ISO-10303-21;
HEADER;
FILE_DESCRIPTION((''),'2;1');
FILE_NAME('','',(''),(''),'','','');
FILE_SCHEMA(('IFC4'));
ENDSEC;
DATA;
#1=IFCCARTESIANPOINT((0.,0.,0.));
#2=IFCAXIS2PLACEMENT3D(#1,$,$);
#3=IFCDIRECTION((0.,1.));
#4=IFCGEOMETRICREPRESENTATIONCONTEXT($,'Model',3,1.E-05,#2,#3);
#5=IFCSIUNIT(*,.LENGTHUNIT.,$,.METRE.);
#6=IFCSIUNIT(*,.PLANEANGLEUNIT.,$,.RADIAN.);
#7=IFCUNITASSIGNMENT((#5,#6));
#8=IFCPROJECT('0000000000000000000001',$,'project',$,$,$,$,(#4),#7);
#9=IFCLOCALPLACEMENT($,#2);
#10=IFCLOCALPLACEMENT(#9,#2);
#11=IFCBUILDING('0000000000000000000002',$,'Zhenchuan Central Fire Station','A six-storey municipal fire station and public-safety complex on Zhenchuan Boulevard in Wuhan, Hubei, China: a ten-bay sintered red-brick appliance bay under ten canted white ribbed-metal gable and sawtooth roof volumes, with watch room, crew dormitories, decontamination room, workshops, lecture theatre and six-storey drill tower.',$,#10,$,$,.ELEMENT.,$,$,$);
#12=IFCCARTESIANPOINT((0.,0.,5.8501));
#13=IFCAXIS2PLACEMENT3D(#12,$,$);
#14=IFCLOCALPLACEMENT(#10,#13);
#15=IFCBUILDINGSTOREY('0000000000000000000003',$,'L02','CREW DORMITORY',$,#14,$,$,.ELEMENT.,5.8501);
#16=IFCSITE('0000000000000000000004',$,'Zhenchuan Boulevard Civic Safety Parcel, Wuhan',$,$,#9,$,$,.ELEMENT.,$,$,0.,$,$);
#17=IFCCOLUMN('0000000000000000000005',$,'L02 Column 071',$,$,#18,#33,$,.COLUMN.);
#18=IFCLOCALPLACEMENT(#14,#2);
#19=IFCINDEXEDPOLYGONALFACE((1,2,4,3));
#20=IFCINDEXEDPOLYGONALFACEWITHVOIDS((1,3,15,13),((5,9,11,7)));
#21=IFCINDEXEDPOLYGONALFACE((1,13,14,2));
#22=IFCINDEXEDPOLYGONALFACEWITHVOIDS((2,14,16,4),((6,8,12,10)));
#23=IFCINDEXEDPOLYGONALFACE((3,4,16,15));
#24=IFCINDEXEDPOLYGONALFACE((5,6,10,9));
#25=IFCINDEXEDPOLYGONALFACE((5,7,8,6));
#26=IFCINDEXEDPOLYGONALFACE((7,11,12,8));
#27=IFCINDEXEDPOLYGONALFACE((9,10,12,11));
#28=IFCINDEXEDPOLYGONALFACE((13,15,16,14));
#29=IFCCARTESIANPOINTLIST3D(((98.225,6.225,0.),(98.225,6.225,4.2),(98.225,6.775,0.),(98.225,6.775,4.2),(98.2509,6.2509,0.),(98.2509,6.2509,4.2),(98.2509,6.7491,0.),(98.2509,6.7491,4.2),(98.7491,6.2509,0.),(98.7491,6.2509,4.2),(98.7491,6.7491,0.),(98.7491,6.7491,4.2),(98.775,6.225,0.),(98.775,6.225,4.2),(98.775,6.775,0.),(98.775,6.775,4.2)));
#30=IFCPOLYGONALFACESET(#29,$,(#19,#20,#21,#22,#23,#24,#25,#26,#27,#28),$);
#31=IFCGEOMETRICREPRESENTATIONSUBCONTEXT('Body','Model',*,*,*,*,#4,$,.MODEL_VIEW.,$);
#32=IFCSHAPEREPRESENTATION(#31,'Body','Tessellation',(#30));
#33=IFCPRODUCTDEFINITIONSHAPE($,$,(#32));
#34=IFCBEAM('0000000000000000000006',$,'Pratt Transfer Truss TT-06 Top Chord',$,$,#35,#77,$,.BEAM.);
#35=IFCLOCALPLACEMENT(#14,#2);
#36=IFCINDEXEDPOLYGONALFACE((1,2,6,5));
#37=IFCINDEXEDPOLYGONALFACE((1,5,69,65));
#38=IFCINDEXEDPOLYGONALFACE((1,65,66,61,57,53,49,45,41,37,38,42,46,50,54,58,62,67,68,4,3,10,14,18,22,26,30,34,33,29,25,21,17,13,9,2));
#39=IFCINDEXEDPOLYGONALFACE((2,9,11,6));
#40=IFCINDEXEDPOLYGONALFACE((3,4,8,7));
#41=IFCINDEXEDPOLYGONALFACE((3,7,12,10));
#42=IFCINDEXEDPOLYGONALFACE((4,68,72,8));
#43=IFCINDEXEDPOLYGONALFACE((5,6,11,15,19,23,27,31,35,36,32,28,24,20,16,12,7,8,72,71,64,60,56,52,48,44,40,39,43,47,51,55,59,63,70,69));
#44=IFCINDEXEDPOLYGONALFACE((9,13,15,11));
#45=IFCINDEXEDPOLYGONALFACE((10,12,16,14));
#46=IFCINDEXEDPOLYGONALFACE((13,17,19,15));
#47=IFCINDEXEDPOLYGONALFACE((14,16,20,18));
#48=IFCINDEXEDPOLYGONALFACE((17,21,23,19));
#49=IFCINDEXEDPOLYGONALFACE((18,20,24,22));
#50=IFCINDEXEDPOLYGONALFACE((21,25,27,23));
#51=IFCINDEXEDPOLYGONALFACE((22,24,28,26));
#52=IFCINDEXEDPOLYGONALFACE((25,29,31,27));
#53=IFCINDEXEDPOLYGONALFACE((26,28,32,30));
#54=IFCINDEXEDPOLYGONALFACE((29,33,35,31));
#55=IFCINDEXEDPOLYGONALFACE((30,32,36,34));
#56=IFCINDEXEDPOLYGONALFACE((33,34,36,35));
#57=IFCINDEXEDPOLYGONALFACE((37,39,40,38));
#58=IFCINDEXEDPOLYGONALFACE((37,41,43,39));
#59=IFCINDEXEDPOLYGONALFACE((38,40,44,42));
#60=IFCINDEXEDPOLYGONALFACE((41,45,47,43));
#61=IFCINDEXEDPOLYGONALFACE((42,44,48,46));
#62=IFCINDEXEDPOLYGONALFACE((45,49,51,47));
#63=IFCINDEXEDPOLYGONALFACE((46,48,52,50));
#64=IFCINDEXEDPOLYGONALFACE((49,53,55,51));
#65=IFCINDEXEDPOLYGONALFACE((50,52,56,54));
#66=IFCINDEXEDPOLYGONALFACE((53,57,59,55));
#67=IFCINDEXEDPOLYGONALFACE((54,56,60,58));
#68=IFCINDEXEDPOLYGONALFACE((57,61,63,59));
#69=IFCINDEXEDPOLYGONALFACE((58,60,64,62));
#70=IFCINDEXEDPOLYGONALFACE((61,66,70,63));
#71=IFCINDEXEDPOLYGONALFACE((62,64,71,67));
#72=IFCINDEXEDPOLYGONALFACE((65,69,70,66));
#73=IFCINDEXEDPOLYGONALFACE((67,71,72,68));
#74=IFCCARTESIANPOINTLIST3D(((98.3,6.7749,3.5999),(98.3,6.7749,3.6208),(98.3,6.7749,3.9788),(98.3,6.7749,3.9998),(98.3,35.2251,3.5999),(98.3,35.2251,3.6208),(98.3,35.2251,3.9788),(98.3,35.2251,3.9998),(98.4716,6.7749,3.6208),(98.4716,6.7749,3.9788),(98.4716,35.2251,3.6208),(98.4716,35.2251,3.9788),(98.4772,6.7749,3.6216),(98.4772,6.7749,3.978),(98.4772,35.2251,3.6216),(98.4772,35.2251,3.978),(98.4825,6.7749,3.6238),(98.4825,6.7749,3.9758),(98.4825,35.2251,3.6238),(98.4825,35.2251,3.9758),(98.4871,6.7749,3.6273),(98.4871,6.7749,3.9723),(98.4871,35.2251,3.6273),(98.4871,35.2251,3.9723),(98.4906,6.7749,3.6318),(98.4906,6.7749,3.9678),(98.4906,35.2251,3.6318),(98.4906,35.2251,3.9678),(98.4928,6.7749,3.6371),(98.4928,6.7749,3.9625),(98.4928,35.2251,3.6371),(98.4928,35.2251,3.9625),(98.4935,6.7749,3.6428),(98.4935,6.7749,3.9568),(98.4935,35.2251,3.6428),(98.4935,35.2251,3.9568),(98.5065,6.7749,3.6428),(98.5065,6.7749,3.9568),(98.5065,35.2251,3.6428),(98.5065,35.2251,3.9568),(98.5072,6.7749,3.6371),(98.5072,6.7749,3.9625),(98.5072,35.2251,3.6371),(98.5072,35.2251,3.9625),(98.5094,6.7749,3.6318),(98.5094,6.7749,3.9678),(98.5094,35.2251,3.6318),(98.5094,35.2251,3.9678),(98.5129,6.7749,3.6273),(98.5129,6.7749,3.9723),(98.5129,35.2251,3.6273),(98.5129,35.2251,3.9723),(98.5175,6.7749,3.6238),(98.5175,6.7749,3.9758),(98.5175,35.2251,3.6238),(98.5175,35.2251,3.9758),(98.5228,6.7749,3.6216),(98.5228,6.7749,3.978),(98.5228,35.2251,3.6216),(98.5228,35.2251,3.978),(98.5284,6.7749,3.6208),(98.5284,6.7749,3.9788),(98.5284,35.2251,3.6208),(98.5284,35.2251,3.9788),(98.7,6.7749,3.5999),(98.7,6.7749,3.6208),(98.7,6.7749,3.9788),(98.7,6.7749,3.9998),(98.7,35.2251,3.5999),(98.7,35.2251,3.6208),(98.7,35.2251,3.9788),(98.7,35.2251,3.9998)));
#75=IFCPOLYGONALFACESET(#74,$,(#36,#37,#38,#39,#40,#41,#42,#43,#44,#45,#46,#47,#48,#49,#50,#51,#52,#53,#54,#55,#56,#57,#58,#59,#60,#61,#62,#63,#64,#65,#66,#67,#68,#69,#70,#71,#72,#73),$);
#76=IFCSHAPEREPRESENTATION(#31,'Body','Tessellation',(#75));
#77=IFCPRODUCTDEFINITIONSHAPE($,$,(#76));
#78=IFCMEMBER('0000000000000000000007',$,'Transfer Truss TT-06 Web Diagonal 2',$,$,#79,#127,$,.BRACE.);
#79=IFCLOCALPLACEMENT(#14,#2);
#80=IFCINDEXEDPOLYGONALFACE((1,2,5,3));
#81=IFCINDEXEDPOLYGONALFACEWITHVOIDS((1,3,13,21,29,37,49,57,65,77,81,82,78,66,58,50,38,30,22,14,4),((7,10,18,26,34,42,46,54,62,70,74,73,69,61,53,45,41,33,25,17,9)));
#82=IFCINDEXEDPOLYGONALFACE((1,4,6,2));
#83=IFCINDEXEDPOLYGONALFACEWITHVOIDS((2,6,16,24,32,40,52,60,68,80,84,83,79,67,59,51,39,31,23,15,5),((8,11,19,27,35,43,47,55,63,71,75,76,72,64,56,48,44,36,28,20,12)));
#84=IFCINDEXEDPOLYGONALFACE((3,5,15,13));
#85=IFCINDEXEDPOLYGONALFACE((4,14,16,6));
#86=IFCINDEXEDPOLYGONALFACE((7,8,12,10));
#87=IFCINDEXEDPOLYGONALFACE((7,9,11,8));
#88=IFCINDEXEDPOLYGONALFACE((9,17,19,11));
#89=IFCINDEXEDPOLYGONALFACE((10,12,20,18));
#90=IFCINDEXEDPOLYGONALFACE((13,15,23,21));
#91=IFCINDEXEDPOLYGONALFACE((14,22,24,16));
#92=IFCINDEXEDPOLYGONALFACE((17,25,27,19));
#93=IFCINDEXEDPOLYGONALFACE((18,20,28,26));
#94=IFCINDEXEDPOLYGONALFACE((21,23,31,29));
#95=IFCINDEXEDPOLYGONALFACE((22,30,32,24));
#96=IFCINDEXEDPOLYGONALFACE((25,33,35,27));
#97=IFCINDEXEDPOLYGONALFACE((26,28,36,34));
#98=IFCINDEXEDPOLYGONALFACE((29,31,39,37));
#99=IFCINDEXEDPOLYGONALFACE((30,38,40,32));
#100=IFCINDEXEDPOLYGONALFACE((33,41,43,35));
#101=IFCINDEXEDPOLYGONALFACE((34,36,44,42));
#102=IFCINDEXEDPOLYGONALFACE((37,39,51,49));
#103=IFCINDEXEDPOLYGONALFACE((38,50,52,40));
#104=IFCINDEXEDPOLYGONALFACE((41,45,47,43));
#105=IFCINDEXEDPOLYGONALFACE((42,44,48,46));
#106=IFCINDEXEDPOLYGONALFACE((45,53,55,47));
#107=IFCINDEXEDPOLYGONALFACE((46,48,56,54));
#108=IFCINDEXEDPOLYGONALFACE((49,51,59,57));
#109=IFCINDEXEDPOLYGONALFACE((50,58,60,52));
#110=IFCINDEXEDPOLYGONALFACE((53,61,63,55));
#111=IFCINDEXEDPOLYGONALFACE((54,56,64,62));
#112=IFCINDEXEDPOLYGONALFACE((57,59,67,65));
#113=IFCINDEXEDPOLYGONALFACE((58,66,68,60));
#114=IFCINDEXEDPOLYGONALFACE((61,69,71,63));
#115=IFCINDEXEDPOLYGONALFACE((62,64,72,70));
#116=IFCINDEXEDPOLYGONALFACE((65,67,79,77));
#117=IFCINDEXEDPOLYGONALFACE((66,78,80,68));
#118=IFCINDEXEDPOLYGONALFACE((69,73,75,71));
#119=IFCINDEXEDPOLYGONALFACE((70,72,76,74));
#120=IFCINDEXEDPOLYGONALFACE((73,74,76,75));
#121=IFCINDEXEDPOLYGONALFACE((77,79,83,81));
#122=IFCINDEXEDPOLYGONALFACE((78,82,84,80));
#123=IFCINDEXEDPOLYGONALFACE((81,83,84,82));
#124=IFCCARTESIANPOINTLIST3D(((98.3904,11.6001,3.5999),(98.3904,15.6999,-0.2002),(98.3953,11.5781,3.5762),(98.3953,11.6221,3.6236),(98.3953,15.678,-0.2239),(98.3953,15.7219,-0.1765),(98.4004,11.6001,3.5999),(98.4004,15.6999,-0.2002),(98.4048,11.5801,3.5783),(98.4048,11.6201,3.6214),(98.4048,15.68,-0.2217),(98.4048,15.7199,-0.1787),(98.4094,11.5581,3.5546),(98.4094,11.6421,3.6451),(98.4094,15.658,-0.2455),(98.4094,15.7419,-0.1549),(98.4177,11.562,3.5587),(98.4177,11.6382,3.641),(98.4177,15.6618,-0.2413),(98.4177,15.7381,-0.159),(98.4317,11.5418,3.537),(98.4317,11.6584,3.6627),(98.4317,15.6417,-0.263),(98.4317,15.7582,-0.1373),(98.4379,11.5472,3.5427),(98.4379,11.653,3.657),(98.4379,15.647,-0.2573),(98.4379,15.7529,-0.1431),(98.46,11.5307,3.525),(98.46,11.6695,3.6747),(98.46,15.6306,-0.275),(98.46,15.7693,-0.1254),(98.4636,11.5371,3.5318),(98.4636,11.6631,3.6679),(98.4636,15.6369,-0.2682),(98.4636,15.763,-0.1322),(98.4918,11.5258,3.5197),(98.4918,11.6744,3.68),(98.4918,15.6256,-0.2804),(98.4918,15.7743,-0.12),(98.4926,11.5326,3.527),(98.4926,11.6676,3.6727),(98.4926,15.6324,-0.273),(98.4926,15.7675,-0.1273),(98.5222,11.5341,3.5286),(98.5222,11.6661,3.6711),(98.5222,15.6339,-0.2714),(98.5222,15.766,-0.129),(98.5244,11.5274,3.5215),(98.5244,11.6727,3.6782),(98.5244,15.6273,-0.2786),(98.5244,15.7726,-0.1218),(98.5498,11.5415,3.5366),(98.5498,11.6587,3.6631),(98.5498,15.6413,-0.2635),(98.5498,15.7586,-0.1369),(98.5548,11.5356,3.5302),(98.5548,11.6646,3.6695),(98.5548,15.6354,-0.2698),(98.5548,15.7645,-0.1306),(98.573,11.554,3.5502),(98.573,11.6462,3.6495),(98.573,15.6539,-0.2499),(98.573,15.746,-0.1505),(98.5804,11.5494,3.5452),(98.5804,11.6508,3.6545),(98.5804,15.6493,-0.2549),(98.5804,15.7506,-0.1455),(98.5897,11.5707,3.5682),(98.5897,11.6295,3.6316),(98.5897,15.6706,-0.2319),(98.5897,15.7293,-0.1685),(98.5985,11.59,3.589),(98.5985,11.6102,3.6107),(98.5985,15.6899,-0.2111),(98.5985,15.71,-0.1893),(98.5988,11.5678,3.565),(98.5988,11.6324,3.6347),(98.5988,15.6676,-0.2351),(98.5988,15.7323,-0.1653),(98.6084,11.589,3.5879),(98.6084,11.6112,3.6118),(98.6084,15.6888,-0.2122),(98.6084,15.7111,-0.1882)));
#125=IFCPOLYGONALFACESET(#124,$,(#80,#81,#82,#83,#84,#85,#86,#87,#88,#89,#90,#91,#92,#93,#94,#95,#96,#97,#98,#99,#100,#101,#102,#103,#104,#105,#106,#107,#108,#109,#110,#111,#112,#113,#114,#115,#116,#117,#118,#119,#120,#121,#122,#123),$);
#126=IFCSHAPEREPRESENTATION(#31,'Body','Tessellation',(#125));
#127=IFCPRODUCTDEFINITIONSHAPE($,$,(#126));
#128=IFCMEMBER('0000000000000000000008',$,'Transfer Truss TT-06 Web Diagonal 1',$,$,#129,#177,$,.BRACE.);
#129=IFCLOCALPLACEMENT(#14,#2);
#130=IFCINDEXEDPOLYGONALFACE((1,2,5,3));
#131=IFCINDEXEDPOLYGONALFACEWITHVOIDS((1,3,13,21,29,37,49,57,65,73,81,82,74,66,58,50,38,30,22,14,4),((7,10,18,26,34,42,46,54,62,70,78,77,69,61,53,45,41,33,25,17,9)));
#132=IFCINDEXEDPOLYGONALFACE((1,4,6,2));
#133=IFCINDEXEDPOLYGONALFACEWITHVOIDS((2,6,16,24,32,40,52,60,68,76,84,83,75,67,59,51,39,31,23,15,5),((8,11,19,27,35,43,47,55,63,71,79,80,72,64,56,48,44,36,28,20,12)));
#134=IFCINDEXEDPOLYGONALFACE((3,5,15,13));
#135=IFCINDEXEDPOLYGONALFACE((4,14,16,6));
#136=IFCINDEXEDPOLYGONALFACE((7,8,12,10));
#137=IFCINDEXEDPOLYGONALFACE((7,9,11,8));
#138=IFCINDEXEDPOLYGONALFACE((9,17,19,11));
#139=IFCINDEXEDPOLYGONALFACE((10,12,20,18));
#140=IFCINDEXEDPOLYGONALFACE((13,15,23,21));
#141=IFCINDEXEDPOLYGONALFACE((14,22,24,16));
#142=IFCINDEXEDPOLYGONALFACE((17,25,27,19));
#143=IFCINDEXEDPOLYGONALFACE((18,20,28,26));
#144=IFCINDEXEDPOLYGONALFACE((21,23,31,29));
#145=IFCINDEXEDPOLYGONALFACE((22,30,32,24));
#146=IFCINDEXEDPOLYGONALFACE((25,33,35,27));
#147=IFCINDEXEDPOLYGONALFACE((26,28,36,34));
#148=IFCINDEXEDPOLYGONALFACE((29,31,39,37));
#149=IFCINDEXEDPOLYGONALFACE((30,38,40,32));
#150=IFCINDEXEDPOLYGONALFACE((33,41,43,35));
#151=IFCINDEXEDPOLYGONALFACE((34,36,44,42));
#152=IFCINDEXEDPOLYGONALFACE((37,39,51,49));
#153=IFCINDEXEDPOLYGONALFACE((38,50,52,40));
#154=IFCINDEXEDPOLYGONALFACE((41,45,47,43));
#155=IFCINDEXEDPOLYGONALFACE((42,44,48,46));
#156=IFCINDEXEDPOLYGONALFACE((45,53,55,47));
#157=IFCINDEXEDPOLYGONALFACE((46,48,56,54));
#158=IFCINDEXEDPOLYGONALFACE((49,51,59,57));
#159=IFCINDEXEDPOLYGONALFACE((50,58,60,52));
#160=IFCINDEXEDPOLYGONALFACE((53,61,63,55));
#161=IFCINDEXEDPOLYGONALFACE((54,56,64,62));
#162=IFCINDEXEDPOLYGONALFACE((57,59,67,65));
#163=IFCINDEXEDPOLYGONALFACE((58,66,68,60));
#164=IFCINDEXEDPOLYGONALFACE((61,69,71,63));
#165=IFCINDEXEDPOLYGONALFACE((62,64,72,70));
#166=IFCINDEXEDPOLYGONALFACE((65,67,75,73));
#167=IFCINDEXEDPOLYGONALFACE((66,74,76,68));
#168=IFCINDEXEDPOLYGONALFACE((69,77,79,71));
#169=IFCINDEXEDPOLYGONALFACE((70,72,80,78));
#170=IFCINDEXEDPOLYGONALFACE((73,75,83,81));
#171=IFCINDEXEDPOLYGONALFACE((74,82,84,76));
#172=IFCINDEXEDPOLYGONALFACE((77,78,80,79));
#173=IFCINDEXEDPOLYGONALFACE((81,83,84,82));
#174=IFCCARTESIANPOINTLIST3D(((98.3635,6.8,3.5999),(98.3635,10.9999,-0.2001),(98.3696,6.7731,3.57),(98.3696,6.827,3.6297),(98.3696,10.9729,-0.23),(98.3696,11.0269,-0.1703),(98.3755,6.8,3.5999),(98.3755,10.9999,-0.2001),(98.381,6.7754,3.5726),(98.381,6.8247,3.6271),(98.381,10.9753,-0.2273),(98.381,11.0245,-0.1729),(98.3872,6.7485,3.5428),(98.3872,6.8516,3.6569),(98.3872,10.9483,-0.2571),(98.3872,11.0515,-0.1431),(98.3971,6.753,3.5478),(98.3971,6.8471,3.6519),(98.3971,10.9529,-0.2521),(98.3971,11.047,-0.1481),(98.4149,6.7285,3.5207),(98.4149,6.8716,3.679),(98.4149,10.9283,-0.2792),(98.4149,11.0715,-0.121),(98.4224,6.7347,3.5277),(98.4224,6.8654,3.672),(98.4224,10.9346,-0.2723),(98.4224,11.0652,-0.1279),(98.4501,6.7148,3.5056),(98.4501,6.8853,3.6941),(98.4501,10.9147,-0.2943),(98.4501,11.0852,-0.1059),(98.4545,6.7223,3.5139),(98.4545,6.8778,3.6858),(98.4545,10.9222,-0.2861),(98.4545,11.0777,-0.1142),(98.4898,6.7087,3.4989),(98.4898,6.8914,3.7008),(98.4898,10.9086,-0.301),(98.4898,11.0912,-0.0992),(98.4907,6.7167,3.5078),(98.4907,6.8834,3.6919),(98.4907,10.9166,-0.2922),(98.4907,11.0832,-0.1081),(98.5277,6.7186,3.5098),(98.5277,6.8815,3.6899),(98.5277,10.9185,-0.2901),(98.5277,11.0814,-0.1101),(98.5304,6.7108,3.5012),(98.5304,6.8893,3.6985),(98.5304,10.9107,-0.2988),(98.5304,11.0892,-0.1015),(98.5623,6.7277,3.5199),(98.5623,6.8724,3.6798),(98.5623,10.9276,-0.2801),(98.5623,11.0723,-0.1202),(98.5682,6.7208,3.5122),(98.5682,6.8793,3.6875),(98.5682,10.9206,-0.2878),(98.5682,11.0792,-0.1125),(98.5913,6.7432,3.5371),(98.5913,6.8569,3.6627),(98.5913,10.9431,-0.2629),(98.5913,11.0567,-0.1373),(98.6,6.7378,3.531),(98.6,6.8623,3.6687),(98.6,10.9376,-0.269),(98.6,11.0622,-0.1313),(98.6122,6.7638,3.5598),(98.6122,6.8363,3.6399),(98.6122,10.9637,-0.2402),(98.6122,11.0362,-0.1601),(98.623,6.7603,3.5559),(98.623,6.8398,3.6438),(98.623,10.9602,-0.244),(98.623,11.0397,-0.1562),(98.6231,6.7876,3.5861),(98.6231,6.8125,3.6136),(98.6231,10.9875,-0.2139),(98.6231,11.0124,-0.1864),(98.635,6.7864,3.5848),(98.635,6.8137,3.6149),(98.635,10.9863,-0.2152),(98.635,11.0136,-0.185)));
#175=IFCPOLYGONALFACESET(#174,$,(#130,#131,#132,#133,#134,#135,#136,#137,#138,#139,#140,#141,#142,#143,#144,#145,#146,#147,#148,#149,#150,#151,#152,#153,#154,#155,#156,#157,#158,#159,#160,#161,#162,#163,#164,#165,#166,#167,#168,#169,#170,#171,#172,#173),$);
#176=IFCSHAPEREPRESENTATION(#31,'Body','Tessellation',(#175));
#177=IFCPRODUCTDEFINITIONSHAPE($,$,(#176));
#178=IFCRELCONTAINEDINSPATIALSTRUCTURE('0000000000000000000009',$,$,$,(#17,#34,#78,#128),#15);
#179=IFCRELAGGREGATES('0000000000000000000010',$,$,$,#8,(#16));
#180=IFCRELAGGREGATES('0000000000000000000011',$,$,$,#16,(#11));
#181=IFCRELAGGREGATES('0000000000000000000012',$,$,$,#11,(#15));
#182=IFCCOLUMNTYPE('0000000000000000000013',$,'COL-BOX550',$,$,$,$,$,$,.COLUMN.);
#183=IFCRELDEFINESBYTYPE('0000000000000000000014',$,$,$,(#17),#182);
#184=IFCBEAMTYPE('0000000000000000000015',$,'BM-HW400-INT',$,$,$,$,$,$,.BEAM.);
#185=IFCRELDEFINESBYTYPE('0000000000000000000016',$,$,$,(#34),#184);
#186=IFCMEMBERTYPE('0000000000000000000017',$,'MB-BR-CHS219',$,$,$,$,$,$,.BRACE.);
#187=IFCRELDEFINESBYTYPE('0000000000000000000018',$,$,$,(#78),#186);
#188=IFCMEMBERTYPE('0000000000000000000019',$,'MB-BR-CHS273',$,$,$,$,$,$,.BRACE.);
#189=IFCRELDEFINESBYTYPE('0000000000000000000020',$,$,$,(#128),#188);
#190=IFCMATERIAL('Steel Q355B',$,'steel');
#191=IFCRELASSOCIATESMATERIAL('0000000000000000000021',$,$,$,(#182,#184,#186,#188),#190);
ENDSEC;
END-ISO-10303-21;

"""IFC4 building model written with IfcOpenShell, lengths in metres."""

from ifc_helpers import new_model, si_unit, direction, frame, origin, origin_2d, place, context, subcontext, project, spatial, hollow_rectangle, hollow_circle, i_section, extrude, material, material_profile, profile_set, type_object, element, save


model = new_model("IFC4")

# Units and contexts
model_context = context("Model", 3, precision=1e-05, world=origin(), true_north=direction((0.0, 1.0)))
body_context = subcontext(model_context, "Body", "Model", "MODEL_VIEW")
ifc_project = project(units=[si_unit("LENGTHUNIT", "METRE"), si_unit("PLANEANGLEUNIT", "RADIAN")], contexts=[model_context])

# Site, building, storey
site_placement = place(None, origin())
site = spatial("IfcSite", under=ifc_project, at=site_placement, Name="Zhenchuan Boulevard Civic Safety Parcel, Wuhan", CompositionType="ELEMENT", RefElevation=0.0)
building_placement = place(site_placement, origin())
building = spatial("IfcBuilding", under=site, at=building_placement, Name="Zhenchuan Central Fire Station", Description="A six-storey municipal fire station and public-safety complex on Zhenchuan Boulevard in Wuhan, Hubei, China: a ten-bay sintered red-brick appliance bay under ten canted white ribbed-metal gable and sawtooth roof volumes, with watch room, crew dormitories, decontamination room, workshops, lecture theatre and six-storey drill tower.", CompositionType="ELEMENT")
storey_placement = place(building_placement, frame((0.0, 0.0, 5.8501)))
storey = spatial("IfcBuildingStorey", under=building, at=storey_placement, Name="L02", Description="CREW DORMITORY", CompositionType="ELEMENT", Elevation=5.8501)

# Column
ifc_material_1 = material(Name="Steel Q355B", Category="steel")
ifc_material_profile_1 = material_profile(ifc_material_1, hollow_rectangle(XDim=0.55, YDim=0.55, WallThickness=0.0259, at=origin_2d()), Name="BOX 550x550x26")
ifc_profile_set_1 = profile_set([ifc_material_profile_1], Name="Steel Q355B")
column_type = type_object("IfcColumnType", Name="COL-BOX550", PredefinedType="COLUMN", material=ifc_profile_set_1)
column_placement = place(storey_placement, frame((98.5, 6.5, 0.0), z_axis=(0.0, 0.0, 1.0), x_axis=(1.0, 0.0, 0.0)))
element("IfcColumn", 1, at=column_placement, inside=storey, type_object=column_type, Name="L02 Column 071", PredefinedType="COLUMN", context=body_context, shape_type="SweptSolid", body=[
    extrude(hollow_rectangle(XDim=0.55, YDim=0.55, WallThickness=0.0259, at=origin_2d()), origin(), (0.0, 0.0, 1.0), 4.2),
])

# Beam
ifc_material_profile_2 = material_profile(ifc_material_1, i_section(OverallWidth=0.3999, OverallDepth=0.3999, WebThickness=0.0129, FlangeThickness=0.021, FilletRadius=0.022, at=origin_2d()), Name="HW 400x400")
ifc_profile_set_2 = profile_set([ifc_material_profile_2], Name="Steel Q355B")
beam_type = type_object("IfcBeamType", Name="BM-HW400-INT", PredefinedType="BEAM", material=ifc_profile_set_2)
beam_placement = place(storey_placement, frame((98.5, 6.7749, 3.7998), z_axis=(0.0, 1.0, 0.0), x_axis=(-1.0, 0.0, 0.0)))
element("IfcBeam", 2, at=beam_placement, inside=storey, type_object=beam_type, Name="Pratt Transfer Truss TT-06 Top Chord", PredefinedType="BEAM", context=body_context, shape_type="SweptSolid", body=[
    extrude(i_section(OverallWidth=0.3999, OverallDepth=0.3999, WebThickness=0.0129, FlangeThickness=0.021, FilletRadius=0.022, at=origin_2d()), origin(), (0.0, 0.0, 1.0), 28.4502),
])

# Members
ifc_material_profile_3 = material_profile(ifc_material_1, hollow_circle(Radius=0.1096, WallThickness=0.01, at=origin_2d()), Name="CHS 219.1x10")
ifc_profile_set_3 = profile_set([ifc_material_profile_3], Name="Steel Q355B")
member_type_1 = type_object("IfcMemberType", Name="MB-BR-CHS219", PredefinedType="BRACE", material=ifc_profile_set_3)
member_1_placement = place(storey_placement, frame((98.5, 11.6001, 3.5999), z_axis=(0.0, 0.733414, -0.679782), x_axis=(-1.0, 0.0, 0.0)))
element("IfcMember", 3, at=member_1_placement, inside=storey, type_object=member_type_1, Name="Transfer Truss TT-06 Web Diagonal 2", PredefinedType="BRACE", context=body_context, shape_type="SweptSolid", body=[
    extrude(hollow_circle(Radius=0.1096, WallThickness=0.01, at=origin_2d()), origin(), (0.0, 0.0, 1.0), 5.5901),
])
ifc_material_profile_4 = material_profile(ifc_material_1, hollow_circle(Radius=0.1365, WallThickness=0.012, at=origin_2d()), Name="CHS 273x12")
ifc_profile_set_4 = profile_set([ifc_material_profile_4], Name="Steel Q355B")
member_type_2 = type_object("IfcMemberType", Name="MB-BR-CHS273", PredefinedType="BRACE", material=ifc_profile_set_4)
member_2_placement = place(storey_placement, frame((98.5, 6.8, 3.5999), z_axis=(0.0, 0.741528, -0.670922), x_axis=(-1.0, 0.0, 0.0)))
element("IfcMember", 4, at=member_2_placement, inside=storey, type_object=member_type_2, Name="Transfer Truss TT-06 Web Diagonal 1", PredefinedType="BRACE", context=body_context, shape_type="SweptSolid", body=[
    extrude(hollow_circle(Radius=0.1365, WallThickness=0.012, at=origin_2d()), origin(), (0.0, 0.0, 1.0), 5.6638),
])

save(model, "model.ifc")
